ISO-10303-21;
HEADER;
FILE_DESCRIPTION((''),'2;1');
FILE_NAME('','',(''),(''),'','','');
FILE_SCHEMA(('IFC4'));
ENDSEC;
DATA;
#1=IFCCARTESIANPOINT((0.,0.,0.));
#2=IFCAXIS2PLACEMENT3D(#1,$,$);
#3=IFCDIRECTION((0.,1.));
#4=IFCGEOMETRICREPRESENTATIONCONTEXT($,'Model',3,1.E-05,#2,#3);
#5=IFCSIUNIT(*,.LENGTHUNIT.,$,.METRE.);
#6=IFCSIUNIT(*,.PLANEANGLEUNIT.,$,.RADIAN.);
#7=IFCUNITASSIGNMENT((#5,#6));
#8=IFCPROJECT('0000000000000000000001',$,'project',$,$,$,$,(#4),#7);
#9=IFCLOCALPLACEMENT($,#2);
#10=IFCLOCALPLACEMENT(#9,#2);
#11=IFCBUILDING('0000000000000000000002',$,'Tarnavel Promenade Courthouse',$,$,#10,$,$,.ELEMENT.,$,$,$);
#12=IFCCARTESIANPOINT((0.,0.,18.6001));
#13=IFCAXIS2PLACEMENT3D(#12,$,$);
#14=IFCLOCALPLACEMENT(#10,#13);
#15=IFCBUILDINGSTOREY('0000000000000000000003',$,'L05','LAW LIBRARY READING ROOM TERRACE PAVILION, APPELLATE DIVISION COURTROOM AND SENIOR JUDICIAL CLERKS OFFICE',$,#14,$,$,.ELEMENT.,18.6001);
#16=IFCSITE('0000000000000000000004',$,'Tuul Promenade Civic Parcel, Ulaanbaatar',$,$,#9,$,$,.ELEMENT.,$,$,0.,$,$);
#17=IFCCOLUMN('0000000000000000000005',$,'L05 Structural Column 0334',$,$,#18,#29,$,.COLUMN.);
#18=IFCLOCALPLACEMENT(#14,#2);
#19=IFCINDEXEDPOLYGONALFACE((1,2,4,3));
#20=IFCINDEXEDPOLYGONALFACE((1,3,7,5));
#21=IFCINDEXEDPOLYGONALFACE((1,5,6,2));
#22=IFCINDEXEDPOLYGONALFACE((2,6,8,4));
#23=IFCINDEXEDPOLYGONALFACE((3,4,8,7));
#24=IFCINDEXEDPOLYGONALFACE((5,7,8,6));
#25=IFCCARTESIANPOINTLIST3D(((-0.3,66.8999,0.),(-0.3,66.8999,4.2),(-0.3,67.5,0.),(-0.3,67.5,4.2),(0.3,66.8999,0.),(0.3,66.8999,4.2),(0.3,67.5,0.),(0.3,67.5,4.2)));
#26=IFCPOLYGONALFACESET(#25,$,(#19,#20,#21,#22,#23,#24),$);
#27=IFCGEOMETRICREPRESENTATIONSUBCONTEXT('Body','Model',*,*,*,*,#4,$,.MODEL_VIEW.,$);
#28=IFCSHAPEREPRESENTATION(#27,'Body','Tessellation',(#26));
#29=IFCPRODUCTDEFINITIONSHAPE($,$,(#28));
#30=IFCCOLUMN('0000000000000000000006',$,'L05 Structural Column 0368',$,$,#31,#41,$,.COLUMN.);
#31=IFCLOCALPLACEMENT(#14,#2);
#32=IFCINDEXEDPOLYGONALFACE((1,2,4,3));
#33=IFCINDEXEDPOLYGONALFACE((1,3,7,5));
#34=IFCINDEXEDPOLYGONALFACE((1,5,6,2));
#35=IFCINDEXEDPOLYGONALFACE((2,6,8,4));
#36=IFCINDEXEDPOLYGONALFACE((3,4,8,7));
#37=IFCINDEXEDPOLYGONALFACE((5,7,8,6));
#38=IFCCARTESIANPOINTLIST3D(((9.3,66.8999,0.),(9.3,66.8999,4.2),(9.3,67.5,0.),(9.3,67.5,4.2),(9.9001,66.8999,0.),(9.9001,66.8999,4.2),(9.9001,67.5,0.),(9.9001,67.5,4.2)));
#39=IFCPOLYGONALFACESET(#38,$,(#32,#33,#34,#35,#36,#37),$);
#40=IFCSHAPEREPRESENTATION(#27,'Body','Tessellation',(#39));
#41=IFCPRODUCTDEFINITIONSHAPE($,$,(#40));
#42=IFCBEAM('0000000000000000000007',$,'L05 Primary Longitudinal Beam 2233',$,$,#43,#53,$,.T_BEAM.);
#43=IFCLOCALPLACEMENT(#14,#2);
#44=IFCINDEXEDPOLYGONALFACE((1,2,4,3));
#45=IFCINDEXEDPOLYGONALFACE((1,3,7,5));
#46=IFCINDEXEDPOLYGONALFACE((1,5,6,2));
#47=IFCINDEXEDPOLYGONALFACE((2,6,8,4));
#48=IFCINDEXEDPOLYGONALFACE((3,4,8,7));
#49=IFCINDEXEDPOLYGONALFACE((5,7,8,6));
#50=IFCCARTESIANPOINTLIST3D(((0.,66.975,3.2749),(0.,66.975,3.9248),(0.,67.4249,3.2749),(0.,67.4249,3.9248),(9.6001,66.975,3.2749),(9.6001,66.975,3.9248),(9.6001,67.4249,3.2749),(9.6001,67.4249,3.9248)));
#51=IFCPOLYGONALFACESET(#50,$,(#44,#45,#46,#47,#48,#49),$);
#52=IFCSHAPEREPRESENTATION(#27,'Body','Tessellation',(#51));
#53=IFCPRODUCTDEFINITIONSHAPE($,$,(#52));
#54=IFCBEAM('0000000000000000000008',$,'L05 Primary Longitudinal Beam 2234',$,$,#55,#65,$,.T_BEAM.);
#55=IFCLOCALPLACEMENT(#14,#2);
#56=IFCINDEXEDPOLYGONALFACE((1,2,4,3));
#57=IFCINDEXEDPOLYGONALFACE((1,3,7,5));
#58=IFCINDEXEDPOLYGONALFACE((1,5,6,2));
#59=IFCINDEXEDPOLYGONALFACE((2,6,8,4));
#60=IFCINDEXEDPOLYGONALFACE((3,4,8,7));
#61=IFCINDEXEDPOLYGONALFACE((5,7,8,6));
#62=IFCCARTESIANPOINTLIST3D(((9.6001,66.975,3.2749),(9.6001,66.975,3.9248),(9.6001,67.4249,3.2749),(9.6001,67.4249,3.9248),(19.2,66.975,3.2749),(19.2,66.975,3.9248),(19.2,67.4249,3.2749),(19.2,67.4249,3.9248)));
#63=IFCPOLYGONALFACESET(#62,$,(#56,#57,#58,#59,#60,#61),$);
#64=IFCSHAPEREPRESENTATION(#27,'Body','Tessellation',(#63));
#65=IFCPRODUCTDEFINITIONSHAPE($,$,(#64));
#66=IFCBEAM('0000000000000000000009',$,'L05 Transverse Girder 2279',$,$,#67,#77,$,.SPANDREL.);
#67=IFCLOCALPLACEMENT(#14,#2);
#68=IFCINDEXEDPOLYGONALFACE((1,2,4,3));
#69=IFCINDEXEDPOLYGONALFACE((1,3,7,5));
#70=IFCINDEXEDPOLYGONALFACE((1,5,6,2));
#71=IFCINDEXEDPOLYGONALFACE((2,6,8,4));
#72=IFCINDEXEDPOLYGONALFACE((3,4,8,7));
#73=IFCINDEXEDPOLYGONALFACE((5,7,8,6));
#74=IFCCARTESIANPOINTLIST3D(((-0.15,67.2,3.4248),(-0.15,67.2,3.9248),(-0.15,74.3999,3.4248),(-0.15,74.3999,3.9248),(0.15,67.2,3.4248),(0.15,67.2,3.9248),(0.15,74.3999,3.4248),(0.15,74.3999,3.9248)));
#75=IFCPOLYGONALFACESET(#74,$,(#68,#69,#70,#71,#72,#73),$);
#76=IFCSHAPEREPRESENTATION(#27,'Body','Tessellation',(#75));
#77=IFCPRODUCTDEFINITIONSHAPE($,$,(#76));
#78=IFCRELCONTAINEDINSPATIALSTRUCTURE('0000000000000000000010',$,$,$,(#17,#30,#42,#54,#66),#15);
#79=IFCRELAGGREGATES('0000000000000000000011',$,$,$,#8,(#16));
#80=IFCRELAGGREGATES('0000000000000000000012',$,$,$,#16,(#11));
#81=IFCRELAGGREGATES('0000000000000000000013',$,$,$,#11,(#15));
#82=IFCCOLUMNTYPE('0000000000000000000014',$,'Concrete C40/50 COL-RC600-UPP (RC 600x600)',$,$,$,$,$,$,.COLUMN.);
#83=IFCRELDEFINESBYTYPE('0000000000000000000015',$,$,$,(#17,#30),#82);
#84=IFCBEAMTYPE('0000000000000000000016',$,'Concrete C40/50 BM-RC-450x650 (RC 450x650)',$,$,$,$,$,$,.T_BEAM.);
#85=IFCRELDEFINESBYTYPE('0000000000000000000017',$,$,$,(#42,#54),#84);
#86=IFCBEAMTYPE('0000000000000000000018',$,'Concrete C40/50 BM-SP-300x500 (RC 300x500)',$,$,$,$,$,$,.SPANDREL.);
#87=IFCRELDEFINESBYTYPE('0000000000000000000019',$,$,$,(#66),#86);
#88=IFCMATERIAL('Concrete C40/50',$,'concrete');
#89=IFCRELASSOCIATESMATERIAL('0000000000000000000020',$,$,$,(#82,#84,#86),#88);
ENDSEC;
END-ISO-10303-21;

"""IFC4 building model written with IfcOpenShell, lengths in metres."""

from ifc_helpers import new_model, si_unit, direction, frame, origin, origin_2d, place, context, subcontext, project, spatial, rectangle, extrude, material, material_profile, profile_set, type_object, element, save


model = new_model("IFC4")

# Units and contexts
model_context = context("Model", 3, precision=1e-05, world=origin(), true_north=direction((0.0, 1.0)))
body_context = subcontext(model_context, "Body", "Model", "MODEL_VIEW")
ifc_project = project(units=[si_unit("LENGTHUNIT", "METRE"), si_unit("PLANEANGLEUNIT", "RADIAN")], contexts=[model_context])

# Site, building, storey
site_placement = place(None, origin())
site = spatial("IfcSite", under=ifc_project, at=site_placement, Name="Tuul Promenade Civic Parcel, Ulaanbaatar", CompositionType="ELEMENT", RefElevation=0.0)
building_placement = place(site_placement, origin())
building = spatial("IfcBuilding", under=site, at=building_placement, Name="Tarnavel Promenade Courthouse", CompositionType="ELEMENT")
storey_placement = place(building_placement, frame((0.0, 0.0, 18.6001)))
storey = spatial("IfcBuildingStorey", under=building, at=storey_placement, Name="L05", Description="LAW LIBRARY READING ROOM TERRACE PAVILION, APPELLATE DIVISION COURTROOM AND SENIOR JUDICIAL CLERKS OFFICE", CompositionType="ELEMENT", Elevation=18.6001)

# Columns
ifc_material_1 = material(Name="Concrete C40/50", Category="concrete")
ifc_material_profile_1 = material_profile(ifc_material_1, rectangle(XDim=0.6001, YDim=0.6001, at=origin_2d()), Name="RC 600x600")
ifc_profile_set_1 = profile_set([ifc_material_profile_1], Name="Concrete C40/50")
column_type = type_object("IfcColumnType", Name="Concrete C40/50 COL-RC600-UPP (RC 600x600)", PredefinedType="COLUMN", material=ifc_profile_set_1)
for number, where, z_axis, x_axis, name in (
    (1, (0.0, 67.2, 0.0), (0.0, 0.0, 1.0), (1.0, 0.0, 0.0), "L05 Structural Column 0334"),
    (2, (9.6001, 67.2, 0.0), (0.0, 0.0, 1.0), (1.0, 0.0, 0.0), "L05 Structural Column 0368"),
):
    element("IfcColumn", number, at=place(storey_placement, frame(where, z_axis=z_axis, x_axis=x_axis)), inside=storey, type_object=column_type, Name=name, PredefinedType="COLUMN", context=body_context, shape_type="SweptSolid", body=[
        extrude(rectangle(XDim=0.6001, YDim=0.6001, at=origin_2d()), origin(), (0.0, 0.0, 1.0), 4.2),
    ])

# Beams
ifc_material_profile_2 = material_profile(ifc_material_1, rectangle(XDim=0.45, YDim=0.6499, at=origin_2d()), Name="RC 450x650")
ifc_profile_set_2 = profile_set([ifc_material_profile_2], Name="Concrete C40/50")
beam_type_1 = type_object("IfcBeamType", Name="Concrete C40/50 BM-RC-450x650 (RC 450x650)", PredefinedType="T_BEAM", material=ifc_profile_set_2)
beam_1_placement = place(storey_placement, frame((0.0, 67.2, 3.5999), z_axis=(1.0, 0.0, 0.0), x_axis=(0.0, 1.0, 0.0)))
element("IfcBeam", 3, at=beam_1_placement, inside=storey, type_object=beam_type_1, Name="L05 Primary Longitudinal Beam 2233", PredefinedType="T_BEAM", context=body_context, shape_type="SweptSolid", body=[
    extrude(rectangle(XDim=0.45, YDim=0.6499, at=origin_2d()), origin(), (0.0, 0.0, 1.0), 9.6001),
])
beam_2_placement = place(storey_placement, frame((9.6001, 67.2, 3.5999), z_axis=(1.0, 0.0, 0.0), x_axis=(0.0, 1.0, 0.0)))
element("IfcBeam", 4, at=beam_2_placement, inside=storey, type_object=beam_type_1, Name="L05 Primary Longitudinal Beam 2234", PredefinedType="T_BEAM", context=body_context, shape_type="SweptSolid", body=[
    extrude(rectangle(XDim=0.45, YDim=0.6499, at=origin_2d()), origin(), (0.0, 0.0, 1.0), 9.5999),
])
ifc_material_profile_3 = material_profile(ifc_material_1, rectangle(XDim=0.3, YDim=0.5, at=origin_2d()), Name="RC 300x500")
ifc_profile_set_3 = profile_set([ifc_material_profile_3], Name="Concrete C40/50")
beam_type_2 = type_object("IfcBeamType", Name="Concrete C40/50 BM-SP-300x500 (RC 300x500)", PredefinedType="SPANDREL", material=ifc_profile_set_3)
beam_3_placement = place(storey_placement, frame((0.0, 67.2, 3.6748), z_axis=(0.0, 1.0, 0.0), x_axis=(-1.0, 0.0, 0.0)))
element("IfcBeam", 5, at=beam_3_placement, inside=storey, type_object=beam_type_2, Name="L05 Transverse Girder 2279", PredefinedType="SPANDREL", context=body_context, shape_type="SweptSolid", body=[
    extrude(rectangle(XDim=0.3, YDim=0.5, at=origin_2d()), origin(), (0.0, 0.0, 1.0), 7.2),
])

save(model, "model.ifc")
